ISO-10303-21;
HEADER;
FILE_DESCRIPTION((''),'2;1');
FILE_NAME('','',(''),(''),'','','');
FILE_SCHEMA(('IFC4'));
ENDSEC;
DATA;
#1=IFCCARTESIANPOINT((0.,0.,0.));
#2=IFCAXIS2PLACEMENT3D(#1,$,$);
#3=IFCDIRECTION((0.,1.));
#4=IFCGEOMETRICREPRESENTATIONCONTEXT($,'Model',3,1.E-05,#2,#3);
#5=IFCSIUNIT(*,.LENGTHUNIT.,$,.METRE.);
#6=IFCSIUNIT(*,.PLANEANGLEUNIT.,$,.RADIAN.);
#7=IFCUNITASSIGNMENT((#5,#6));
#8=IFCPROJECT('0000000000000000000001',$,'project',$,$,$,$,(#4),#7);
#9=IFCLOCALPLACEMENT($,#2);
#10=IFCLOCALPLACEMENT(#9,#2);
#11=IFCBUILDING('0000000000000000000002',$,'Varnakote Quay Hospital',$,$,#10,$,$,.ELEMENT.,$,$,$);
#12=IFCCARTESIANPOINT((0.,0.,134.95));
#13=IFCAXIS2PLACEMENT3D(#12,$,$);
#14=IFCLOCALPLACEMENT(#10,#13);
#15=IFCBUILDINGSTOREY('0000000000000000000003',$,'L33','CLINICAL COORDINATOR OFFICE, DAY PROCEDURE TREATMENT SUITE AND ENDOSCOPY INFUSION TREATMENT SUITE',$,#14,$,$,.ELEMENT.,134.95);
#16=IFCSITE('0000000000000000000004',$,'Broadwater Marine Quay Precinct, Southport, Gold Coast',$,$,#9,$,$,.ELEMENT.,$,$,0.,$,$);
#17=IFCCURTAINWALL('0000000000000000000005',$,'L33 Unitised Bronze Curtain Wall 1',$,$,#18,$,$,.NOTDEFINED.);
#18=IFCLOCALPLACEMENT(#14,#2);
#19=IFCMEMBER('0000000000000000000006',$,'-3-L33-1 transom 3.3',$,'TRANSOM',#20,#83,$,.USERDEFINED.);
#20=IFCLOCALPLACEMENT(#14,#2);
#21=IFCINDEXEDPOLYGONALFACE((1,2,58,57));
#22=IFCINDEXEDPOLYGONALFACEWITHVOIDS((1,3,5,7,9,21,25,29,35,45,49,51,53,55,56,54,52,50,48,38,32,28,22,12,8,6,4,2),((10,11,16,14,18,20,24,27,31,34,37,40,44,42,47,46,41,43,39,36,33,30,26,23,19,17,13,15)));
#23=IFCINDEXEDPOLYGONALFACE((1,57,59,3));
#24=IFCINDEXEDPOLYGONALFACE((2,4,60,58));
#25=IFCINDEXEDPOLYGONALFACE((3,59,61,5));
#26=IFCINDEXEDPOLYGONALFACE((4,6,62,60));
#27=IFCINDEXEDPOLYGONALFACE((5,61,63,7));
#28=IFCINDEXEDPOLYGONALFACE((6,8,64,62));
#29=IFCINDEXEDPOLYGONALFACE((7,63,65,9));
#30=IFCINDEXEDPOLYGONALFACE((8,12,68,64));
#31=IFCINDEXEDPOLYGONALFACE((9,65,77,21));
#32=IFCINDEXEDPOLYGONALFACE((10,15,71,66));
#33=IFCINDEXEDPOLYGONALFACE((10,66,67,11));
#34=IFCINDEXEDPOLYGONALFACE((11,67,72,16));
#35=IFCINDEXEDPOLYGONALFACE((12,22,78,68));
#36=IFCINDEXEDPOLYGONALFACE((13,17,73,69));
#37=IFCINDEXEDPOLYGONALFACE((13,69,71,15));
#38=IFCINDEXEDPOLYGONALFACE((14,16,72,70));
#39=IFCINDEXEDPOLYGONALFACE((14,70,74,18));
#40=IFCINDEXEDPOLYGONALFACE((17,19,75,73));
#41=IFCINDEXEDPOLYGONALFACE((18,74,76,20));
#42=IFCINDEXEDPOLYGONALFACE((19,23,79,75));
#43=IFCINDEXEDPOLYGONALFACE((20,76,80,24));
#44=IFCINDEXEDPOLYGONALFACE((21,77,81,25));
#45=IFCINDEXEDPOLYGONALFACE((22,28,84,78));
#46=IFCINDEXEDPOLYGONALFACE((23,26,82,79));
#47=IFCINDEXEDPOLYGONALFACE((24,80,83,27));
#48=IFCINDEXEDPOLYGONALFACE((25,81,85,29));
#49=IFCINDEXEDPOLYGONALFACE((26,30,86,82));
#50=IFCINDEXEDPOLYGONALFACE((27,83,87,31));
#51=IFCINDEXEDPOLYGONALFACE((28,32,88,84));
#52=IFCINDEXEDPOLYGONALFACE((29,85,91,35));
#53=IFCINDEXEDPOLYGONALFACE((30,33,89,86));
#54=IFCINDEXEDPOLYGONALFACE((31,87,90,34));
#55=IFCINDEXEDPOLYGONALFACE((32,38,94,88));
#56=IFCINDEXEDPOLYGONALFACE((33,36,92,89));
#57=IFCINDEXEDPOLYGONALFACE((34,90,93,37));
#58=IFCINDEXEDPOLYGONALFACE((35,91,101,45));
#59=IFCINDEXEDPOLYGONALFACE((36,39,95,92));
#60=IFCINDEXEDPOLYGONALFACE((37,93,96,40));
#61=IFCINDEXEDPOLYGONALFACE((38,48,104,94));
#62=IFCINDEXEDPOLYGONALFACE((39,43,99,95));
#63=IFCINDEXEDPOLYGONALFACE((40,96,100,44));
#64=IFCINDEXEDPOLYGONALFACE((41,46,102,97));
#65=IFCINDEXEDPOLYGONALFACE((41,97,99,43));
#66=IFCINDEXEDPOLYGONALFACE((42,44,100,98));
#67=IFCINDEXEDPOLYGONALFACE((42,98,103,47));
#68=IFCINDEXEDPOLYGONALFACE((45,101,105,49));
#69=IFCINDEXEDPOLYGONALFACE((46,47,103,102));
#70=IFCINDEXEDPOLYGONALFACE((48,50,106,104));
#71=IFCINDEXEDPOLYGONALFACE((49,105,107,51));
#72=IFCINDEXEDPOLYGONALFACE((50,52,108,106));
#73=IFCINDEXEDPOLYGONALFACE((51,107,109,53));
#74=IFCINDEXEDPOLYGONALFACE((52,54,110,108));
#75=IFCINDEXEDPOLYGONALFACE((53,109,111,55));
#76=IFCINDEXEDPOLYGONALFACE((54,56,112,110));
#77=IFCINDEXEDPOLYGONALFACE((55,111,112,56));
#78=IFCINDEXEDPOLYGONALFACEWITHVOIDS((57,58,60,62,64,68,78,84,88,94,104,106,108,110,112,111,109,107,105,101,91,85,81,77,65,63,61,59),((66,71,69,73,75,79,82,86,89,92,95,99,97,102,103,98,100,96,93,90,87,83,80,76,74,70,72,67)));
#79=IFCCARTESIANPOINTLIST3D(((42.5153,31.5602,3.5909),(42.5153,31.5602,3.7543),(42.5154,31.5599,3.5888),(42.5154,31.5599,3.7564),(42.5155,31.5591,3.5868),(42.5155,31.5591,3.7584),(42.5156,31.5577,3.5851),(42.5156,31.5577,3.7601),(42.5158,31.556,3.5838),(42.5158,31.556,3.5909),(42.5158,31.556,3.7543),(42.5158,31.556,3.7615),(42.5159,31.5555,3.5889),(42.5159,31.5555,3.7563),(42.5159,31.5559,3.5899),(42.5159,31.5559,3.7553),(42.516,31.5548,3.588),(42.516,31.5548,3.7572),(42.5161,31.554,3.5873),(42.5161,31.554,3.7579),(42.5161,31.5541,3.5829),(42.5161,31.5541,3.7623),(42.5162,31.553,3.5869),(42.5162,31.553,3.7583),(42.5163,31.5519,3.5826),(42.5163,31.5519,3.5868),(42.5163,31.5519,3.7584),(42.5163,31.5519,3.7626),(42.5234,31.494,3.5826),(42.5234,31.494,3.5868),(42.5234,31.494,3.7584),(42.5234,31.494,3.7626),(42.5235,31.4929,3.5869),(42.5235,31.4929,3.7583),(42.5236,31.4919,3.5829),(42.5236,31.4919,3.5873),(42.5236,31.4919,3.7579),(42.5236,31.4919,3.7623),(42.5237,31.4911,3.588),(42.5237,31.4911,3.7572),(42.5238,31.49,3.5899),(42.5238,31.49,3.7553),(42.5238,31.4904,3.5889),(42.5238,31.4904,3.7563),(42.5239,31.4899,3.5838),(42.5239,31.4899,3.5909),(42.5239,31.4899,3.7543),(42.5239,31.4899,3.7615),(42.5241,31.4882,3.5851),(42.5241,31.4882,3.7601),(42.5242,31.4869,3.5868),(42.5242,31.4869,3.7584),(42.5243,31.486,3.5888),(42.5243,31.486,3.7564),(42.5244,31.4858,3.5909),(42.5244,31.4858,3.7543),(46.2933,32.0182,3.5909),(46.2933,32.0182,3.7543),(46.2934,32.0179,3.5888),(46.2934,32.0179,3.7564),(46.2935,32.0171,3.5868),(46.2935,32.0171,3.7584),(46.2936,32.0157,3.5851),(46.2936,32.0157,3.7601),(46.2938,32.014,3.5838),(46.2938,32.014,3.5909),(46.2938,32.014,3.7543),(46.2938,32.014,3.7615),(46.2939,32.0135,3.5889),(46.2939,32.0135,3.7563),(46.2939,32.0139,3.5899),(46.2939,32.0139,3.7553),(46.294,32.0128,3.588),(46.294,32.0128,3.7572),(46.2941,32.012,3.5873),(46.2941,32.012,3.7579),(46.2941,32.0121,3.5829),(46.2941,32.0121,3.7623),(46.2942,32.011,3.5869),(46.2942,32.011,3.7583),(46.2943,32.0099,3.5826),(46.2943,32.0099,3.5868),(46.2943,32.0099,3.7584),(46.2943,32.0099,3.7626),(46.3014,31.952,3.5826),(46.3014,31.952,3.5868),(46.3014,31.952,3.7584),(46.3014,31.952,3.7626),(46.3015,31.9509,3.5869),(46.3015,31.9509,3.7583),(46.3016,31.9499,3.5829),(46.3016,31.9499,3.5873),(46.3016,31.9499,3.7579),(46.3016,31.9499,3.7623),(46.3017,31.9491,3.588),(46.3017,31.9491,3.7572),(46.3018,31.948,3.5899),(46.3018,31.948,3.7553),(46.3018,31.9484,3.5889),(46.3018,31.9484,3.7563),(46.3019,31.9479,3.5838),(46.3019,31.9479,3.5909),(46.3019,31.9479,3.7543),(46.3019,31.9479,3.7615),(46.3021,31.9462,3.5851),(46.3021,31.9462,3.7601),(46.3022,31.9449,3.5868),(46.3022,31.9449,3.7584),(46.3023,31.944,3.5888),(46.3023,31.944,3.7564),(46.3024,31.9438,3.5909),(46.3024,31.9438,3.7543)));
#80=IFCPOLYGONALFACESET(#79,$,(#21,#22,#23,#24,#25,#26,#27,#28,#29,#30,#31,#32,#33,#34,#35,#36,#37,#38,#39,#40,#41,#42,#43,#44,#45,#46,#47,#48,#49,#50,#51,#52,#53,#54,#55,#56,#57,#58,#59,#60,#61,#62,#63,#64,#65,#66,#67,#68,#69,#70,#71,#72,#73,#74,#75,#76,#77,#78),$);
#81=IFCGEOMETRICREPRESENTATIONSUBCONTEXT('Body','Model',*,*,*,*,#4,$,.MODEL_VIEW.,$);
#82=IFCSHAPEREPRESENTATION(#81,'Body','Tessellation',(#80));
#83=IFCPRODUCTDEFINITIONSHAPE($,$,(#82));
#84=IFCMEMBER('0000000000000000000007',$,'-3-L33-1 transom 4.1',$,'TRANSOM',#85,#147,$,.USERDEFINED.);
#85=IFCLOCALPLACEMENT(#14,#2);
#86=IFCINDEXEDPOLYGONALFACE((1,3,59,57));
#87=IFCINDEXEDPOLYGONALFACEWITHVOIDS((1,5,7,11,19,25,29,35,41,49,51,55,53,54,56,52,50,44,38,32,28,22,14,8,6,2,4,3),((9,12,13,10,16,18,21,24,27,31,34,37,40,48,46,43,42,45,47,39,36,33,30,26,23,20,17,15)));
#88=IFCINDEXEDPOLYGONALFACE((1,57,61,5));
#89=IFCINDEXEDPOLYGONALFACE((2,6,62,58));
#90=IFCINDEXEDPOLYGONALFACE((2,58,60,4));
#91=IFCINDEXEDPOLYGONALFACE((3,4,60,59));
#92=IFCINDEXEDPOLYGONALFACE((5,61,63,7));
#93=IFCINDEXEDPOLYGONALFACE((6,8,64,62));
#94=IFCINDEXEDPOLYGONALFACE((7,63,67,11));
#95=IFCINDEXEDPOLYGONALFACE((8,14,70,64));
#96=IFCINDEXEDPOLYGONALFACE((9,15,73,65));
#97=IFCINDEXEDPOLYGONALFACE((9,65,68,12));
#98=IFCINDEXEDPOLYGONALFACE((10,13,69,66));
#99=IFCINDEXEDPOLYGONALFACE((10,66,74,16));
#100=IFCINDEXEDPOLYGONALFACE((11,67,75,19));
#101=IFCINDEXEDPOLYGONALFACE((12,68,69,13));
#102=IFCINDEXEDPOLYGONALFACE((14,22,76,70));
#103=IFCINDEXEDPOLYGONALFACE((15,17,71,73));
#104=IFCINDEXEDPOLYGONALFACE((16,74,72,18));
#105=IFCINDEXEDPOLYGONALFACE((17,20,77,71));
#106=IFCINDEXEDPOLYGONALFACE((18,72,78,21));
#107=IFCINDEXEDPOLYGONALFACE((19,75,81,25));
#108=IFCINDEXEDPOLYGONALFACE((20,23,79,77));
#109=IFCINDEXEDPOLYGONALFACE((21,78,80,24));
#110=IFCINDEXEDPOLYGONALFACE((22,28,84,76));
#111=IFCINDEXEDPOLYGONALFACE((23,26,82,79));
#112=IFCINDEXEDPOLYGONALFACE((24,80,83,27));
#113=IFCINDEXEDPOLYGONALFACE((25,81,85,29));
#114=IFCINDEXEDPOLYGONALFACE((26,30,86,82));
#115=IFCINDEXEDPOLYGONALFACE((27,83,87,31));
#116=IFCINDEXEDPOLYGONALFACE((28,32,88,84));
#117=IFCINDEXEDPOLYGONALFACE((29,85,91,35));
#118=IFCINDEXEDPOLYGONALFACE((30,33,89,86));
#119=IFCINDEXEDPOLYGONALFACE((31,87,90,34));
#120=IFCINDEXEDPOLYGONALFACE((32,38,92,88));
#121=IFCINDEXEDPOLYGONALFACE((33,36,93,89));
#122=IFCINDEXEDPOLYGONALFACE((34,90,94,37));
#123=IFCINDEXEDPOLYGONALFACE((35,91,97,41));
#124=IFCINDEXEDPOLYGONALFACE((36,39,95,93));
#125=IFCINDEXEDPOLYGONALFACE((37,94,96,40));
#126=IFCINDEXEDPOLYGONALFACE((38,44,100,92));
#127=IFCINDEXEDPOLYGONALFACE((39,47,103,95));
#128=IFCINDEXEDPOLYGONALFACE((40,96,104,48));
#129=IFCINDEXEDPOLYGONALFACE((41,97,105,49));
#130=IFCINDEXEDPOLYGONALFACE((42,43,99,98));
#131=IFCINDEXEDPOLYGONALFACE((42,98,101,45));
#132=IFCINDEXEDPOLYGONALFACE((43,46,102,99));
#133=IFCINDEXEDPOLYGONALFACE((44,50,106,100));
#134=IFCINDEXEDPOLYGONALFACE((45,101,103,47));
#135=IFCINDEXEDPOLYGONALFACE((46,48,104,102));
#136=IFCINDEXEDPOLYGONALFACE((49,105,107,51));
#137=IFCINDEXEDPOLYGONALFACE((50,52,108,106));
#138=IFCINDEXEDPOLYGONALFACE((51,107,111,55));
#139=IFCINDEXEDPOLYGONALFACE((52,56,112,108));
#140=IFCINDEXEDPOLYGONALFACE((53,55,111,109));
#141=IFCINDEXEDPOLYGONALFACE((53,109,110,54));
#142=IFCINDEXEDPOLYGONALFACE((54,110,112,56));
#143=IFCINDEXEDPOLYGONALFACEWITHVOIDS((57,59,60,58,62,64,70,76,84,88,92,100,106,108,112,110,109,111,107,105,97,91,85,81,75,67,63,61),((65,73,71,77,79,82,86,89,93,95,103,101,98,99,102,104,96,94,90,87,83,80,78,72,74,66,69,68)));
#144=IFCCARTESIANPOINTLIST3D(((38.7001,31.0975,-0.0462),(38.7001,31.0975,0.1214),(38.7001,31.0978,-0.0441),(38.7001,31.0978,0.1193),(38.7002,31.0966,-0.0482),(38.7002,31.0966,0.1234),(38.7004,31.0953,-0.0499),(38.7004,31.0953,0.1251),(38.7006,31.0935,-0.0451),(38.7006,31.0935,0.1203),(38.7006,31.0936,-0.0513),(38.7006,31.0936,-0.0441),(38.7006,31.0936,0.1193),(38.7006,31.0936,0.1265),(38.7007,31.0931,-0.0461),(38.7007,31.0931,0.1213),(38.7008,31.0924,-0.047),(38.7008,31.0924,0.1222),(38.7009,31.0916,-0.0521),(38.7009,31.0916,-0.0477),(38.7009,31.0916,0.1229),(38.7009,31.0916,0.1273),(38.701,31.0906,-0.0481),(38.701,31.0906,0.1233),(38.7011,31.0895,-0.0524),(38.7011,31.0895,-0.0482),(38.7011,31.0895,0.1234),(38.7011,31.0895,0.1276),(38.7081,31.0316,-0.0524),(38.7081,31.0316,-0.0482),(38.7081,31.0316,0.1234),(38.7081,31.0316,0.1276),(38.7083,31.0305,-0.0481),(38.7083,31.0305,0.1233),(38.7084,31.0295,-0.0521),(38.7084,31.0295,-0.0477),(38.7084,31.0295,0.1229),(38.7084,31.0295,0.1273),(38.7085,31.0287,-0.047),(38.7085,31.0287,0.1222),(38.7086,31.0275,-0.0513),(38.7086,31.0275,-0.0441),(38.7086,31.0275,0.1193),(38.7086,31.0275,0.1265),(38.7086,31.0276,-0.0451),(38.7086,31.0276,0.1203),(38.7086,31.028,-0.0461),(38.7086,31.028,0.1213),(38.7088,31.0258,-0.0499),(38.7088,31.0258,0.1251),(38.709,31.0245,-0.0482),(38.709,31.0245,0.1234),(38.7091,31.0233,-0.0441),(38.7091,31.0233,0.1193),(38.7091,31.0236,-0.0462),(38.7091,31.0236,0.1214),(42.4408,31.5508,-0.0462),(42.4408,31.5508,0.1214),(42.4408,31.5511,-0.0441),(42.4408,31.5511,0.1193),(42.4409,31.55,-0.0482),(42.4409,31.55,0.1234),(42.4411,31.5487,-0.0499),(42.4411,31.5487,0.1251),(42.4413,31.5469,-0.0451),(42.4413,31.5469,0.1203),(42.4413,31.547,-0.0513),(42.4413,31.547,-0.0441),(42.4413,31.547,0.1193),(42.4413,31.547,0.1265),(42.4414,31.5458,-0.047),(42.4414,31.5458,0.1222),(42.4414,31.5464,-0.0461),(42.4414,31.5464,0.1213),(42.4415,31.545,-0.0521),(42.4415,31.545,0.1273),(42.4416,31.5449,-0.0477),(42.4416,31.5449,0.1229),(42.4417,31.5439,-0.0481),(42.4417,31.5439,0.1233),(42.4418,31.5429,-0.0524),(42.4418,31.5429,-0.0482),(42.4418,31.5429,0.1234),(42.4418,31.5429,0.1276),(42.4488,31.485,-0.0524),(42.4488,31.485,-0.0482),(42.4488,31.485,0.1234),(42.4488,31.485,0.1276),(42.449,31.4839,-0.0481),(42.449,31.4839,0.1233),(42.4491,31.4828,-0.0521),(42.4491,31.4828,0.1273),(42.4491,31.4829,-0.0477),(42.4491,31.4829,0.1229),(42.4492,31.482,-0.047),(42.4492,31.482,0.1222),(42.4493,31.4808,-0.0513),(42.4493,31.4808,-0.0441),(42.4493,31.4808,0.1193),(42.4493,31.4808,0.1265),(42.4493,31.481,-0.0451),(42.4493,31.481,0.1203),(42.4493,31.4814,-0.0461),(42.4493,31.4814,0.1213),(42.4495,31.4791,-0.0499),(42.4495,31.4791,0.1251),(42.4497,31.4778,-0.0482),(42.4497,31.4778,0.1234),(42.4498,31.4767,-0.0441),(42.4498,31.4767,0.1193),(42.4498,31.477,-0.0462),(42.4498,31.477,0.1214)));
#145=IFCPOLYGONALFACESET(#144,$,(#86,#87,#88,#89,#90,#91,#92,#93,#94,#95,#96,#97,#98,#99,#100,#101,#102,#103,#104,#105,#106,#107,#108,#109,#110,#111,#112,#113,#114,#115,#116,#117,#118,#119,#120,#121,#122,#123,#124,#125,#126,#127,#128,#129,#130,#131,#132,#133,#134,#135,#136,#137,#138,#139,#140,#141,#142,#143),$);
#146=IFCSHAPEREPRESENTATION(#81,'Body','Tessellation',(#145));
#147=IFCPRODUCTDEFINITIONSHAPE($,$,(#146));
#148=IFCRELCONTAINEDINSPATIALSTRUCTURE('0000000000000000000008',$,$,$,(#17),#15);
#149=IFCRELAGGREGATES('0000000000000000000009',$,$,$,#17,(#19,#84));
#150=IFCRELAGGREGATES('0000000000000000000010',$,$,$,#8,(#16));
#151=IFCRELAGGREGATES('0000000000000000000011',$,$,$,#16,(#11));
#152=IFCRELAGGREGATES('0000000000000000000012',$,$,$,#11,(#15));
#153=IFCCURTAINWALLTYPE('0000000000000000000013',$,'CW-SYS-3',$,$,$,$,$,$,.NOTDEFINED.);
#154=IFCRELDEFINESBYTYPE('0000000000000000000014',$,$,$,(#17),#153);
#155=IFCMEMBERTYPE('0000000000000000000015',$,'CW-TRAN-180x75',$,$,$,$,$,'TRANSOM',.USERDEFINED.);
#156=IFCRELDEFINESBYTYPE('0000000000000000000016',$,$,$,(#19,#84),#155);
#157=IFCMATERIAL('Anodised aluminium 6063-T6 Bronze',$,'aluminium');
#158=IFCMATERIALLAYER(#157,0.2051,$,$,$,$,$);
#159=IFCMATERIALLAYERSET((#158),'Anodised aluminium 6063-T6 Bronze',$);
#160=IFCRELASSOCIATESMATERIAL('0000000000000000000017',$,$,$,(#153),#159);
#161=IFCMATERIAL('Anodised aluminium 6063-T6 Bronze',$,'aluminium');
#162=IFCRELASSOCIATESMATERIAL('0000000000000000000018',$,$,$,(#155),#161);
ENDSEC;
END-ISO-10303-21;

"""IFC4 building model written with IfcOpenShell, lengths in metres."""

from ifc_helpers import new_model, si_unit, direction, frame, origin, origin_2d, place, context, subcontext, project, spatial, hollow_rectangle, extrude, material, layer, layer_set, material_profile, profile_set, type_object, element, aggregate, save


model = new_model("IFC4")

# Units and contexts
model_context = context("Model", 3, precision=1e-05, world=origin(), true_north=direction((0.0, 1.0)))
body_context = subcontext(model_context, "Body", "Model", "MODEL_VIEW")
ifc_project = project(units=[si_unit("LENGTHUNIT", "METRE"), si_unit("PLANEANGLEUNIT", "RADIAN")], contexts=[model_context])

# Site, building, storey
site_placement = place(None, origin())
site = spatial("IfcSite", under=ifc_project, at=site_placement, Name="Broadwater Marine Quay Precinct, Southport, Gold Coast", CompositionType="ELEMENT", RefElevation=0.0)
building_placement = place(site_placement, origin())
building = spatial("IfcBuilding", under=site, at=building_placement, Name="Varnakote Quay Hospital", CompositionType="ELEMENT")
storey_placement = place(building_placement, frame((0.0, 0.0, 134.95)))
storey = spatial("IfcBuildingStorey", under=building, at=storey_placement, Name="L33", Description="CLINICAL COORDINATOR OFFICE, DAY PROCEDURE TREATMENT SUITE AND ENDOSCOPY INFUSION TREATMENT SUITE", CompositionType="ELEMENT", Elevation=134.95)

# Curtain wall, members
ifc_material_1 = material(Name="Anodised aluminium 6063-T6 Bronze", Category="aluminium")
ifc_layer_1 = layer(ifc_material_1, 0.2051)
ifc_layer_set_1 = layer_set([ifc_layer_1], Name="Anodised aluminium 6063-T6 Bronze")
curtain_wall_type = type_object("IfcCurtainWallType", Name="CW-SYS-3", PredefinedType="NOTDEFINED", material=ifc_layer_set_1)
curtain_wall_placement = place(storey_placement, origin())
curtain_wall = element("IfcCurtainWall", 1, at=curtain_wall_placement, inside=storey, type_object=curtain_wall_type, Name="L33 Unitised Bronze Curtain Wall 1", PredefinedType="NOTDEFINED")
ifc_material_2 = material(Name="Anodised aluminium 6063-T6 Bronze", Category="aluminium")
ifc_material_profile_1 = material_profile(ifc_material_2, hollow_rectangle(XDim=0.075, YDim=0.1799, WallThickness=0.0042, InnerFilletRadius=0.0042, OuterFilletRadius=0.0083, at=origin_2d()), Name="CW-TRAN-180x75")
ifc_profile_set_1 = profile_set([ifc_material_profile_1], Name="Anodised aluminium 6063-T6 Bronze")
member_type_1 = type_object("IfcMemberType", Name="CW-TRAN-180x75", ElementType="TRANSOM", PredefinedType="USERDEFINED", material=ifc_profile_set_1)
member_1_placement = place(storey_placement, frame((46.2979, 31.981, 3.6726), z_axis=(-0.992732, -0.120347, 0.0), x_axis=(0.120347, -0.992732, 0.0)))
member_1 = element("IfcMember", 2, at=member_1_placement, type_object=member_type_1, Name="-3-L33-1 transom 3.3", ObjectType="TRANSOM", PredefinedType="USERDEFINED", context=body_context, shape_type="SweptSolid", body=[
    extrude(hollow_rectangle(XDim=0.075, YDim=0.1799, WallThickness=0.0042, InnerFilletRadius=0.0042, OuterFilletRadius=0.0083, at=origin_2d()), origin(), (0.0, 0.0, 1.0), 3.8057),
])
member_2_placement = place(storey_placement, frame((42.4453, 31.5139, 0.0376), z_axis=(-0.992735, -0.120318, 0.0), x_axis=(0.120318, -0.992735, 0.0)))
member_2 = element("IfcMember", 3, at=member_2_placement, type_object=member_type_1, Name="-3-L33-1 transom 4.1", ObjectType="TRANSOM", PredefinedType="USERDEFINED", context=body_context, shape_type="SweptSolid", body=[
    extrude(hollow_rectangle(XDim=0.075, YDim=0.1799, WallThickness=0.0042, InnerFilletRadius=0.0042, OuterFilletRadius=0.0083, at=origin_2d()), origin(), (0.0, 0.0, 1.0), 3.7681),
])

aggregate(curtain_wall, [member_1, member_2])

save(model, "model.ifc")
